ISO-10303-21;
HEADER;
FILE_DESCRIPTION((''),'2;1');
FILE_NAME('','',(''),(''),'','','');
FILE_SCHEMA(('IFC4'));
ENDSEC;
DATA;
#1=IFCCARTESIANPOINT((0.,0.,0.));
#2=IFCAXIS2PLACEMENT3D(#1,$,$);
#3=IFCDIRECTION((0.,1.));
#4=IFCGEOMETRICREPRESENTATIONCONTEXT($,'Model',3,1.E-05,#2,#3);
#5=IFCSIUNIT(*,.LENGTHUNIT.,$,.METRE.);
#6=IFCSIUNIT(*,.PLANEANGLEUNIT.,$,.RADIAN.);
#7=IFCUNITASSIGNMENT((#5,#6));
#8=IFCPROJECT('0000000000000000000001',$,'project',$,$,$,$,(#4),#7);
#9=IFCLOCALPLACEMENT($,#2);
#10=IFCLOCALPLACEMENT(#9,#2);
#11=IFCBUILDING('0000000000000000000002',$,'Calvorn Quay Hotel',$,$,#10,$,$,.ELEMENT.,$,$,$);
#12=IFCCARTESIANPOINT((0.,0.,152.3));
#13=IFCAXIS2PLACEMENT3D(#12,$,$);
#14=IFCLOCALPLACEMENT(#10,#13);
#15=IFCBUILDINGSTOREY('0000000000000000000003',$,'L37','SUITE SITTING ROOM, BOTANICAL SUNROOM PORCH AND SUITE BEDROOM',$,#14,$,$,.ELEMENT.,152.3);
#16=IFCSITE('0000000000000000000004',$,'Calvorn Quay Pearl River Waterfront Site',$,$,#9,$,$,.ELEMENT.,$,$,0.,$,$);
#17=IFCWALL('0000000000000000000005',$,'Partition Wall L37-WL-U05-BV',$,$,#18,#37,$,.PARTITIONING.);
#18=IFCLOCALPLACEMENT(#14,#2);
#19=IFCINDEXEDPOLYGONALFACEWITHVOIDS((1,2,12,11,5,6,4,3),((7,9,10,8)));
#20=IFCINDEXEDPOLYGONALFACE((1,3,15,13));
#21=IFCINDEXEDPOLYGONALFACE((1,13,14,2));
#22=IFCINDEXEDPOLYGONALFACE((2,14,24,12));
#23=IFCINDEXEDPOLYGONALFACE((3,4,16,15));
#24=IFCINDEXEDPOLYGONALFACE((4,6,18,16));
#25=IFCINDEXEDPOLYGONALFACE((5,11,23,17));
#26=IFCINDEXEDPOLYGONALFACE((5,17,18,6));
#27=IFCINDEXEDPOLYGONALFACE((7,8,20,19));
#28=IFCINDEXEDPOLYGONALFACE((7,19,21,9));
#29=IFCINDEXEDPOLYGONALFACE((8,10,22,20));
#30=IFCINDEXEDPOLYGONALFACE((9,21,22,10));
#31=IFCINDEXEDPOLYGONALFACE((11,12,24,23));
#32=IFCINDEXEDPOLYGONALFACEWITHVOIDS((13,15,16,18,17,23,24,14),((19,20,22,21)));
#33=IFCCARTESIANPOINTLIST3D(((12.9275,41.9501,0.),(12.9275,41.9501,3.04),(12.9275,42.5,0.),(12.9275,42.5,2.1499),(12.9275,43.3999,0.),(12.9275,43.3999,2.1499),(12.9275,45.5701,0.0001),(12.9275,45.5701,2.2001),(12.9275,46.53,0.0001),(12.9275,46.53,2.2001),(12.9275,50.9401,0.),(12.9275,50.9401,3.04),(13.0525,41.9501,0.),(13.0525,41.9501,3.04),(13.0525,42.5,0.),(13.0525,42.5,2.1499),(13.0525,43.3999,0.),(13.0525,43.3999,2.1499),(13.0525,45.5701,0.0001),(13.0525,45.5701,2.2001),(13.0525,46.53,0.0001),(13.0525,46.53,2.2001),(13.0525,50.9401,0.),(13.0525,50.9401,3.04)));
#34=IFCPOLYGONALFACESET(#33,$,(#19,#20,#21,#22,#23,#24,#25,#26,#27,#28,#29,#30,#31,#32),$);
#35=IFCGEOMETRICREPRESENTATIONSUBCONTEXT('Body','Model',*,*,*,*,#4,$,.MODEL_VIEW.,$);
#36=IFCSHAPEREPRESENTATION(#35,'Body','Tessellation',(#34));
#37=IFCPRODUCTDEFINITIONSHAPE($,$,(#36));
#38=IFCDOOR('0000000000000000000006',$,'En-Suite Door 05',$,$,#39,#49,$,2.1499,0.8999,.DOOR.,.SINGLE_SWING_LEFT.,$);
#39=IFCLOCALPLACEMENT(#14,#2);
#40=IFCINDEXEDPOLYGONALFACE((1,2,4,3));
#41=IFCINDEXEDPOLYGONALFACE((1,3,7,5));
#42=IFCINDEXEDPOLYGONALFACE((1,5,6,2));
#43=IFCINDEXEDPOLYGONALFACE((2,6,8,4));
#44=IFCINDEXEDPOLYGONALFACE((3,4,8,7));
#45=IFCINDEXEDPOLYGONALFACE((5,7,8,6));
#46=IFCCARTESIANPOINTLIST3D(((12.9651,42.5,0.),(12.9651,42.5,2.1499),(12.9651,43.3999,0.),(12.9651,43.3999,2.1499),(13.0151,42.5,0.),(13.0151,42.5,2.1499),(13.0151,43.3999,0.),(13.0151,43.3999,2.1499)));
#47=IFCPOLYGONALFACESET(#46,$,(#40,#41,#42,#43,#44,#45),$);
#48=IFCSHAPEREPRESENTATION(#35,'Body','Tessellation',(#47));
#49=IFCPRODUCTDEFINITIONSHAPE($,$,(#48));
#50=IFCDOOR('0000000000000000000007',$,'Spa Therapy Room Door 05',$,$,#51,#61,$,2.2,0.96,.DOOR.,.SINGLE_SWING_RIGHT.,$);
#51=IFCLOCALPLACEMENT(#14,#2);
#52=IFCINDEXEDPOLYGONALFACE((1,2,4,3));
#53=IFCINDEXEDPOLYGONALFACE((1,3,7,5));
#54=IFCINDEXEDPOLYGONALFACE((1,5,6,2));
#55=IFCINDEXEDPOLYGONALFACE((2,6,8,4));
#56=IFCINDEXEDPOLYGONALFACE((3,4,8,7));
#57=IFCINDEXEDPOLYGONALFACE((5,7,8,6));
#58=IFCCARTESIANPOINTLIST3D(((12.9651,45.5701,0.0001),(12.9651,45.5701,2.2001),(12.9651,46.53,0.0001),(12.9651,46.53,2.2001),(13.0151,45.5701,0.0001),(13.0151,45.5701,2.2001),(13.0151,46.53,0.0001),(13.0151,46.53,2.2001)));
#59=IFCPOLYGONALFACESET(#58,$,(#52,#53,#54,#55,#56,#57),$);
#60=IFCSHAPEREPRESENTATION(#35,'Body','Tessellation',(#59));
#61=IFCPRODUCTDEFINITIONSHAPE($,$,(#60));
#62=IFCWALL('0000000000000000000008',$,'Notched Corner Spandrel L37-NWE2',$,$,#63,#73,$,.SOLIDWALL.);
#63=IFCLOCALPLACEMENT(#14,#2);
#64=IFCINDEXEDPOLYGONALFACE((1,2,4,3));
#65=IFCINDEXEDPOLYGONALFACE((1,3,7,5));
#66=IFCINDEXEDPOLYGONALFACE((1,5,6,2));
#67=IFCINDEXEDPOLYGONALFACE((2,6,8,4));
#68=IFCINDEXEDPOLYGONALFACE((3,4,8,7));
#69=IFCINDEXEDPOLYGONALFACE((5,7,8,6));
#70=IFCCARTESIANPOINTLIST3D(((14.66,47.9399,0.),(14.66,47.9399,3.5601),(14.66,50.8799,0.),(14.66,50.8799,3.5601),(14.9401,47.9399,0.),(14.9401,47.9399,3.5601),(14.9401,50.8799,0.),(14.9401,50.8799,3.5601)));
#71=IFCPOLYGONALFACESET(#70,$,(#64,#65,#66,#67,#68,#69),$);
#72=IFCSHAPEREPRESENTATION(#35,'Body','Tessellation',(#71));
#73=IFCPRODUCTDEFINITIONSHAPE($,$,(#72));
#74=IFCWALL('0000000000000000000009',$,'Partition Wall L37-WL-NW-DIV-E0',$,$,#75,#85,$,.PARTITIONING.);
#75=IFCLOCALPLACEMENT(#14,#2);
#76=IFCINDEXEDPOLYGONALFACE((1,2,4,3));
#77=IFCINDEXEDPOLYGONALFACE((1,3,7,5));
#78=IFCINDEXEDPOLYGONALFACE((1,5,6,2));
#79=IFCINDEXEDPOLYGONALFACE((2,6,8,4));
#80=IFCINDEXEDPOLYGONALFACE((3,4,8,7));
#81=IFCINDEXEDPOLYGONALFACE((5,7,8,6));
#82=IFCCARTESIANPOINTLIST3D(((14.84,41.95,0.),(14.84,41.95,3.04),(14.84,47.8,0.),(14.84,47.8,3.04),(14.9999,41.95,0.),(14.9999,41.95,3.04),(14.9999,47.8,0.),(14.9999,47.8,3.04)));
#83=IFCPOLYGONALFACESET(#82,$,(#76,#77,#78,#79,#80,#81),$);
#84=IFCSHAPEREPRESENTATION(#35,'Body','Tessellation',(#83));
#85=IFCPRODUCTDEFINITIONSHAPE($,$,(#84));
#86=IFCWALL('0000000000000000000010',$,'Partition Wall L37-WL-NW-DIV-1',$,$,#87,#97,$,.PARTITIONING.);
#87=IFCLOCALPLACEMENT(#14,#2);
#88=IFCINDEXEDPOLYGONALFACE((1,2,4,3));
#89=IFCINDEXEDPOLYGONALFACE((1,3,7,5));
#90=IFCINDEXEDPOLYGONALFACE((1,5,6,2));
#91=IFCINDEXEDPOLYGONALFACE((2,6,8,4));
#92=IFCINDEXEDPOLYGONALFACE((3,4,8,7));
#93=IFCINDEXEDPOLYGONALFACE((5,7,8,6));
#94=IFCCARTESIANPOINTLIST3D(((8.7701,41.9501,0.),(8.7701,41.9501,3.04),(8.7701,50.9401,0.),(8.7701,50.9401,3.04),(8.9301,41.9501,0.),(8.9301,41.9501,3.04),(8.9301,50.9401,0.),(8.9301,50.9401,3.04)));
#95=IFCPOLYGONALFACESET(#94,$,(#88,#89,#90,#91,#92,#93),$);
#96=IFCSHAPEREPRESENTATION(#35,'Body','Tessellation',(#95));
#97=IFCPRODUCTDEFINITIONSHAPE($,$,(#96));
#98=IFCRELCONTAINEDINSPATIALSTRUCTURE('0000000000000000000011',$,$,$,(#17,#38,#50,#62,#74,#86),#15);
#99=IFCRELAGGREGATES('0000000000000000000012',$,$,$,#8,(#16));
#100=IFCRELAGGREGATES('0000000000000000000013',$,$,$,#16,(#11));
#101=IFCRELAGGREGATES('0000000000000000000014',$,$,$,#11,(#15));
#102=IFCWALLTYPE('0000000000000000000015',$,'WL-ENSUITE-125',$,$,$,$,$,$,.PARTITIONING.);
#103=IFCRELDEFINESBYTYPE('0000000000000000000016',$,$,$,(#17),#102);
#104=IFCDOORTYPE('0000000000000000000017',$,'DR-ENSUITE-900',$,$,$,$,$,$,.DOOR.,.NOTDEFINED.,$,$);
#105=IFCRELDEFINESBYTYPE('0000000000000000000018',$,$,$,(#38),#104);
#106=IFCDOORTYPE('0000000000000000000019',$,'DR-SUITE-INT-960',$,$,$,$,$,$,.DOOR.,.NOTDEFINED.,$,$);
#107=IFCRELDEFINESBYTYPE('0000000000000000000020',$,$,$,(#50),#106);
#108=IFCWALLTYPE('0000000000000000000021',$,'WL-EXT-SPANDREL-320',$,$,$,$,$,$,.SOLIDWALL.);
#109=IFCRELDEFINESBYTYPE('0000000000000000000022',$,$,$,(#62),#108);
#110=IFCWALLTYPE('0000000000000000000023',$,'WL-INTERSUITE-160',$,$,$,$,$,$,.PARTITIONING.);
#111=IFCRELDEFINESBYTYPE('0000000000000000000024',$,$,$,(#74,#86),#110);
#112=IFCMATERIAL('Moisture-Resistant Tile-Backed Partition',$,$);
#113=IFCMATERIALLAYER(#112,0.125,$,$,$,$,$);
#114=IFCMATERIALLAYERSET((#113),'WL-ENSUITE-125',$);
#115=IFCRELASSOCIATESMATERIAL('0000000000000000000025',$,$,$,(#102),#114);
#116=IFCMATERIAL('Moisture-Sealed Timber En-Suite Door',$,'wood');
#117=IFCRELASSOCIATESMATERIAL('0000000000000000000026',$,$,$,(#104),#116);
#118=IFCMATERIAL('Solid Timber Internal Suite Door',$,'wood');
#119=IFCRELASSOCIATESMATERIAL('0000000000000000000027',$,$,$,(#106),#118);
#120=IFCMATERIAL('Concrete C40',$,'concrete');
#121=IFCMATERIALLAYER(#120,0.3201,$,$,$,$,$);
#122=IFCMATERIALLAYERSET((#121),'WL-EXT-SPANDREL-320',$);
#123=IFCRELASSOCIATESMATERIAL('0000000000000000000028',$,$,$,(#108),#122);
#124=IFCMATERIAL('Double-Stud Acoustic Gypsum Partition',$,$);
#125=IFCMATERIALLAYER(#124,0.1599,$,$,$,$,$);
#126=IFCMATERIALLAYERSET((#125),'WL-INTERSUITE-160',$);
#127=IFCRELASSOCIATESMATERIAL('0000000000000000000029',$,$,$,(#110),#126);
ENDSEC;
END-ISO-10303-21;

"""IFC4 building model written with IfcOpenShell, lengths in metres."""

from ifc_helpers import new_model, si_unit, direction, frame, frame_2d, origin, place, context, subcontext, project, spatial, rectangle, extrude, material, layer, layer_set, type_object, element, fill, save


model = new_model("IFC4")

# Units and contexts
model_context = context("Model", 3, precision=1e-05, world=origin(), true_north=direction((0.0, 1.0)))
body_context = subcontext(model_context, "Body", "Model", "MODEL_VIEW")
ifc_project = project(units=[si_unit("LENGTHUNIT", "METRE"), si_unit("PLANEANGLEUNIT", "RADIAN")], contexts=[model_context])

# Site, building, storey
site_placement = place(None, origin())
site = spatial("IfcSite", under=ifc_project, at=site_placement, Name="Calvorn Quay Pearl River Waterfront Site", CompositionType="ELEMENT", RefElevation=0.0)
building_placement = place(site_placement, origin())
building = spatial("IfcBuilding", under=site, at=building_placement, Name="Calvorn Quay Hotel", CompositionType="ELEMENT")
storey_placement = place(building_placement, frame((0.0, 0.0, 152.3)))
storey = spatial("IfcBuildingStorey", under=building, at=storey_placement, Name="L37", Description="SUITE SITTING ROOM, BOTANICAL SUNROOM PORCH AND SUITE BEDROOM", CompositionType="ELEMENT", Elevation=152.3)

# Shared definitions
ifc_material_1 = material(Name="Moisture-Resistant Tile-Backed Partition")
ifc_layer_1 = layer(ifc_material_1, 0.125)
ifc_layer_set_1 = layer_set([ifc_layer_1], Name="WL-ENSUITE-125")
wall_type_1 = type_object("IfcWallType", Name="WL-ENSUITE-125", PredefinedType="PARTITIONING", material=ifc_layer_set_1)

# Shared definitions
ifc_material_2 = material(Name="Moisture-Sealed Timber En-Suite Door", Category="wood")
door_type_1 = type_object("IfcDoorType", Name="DR-ENSUITE-900", OperationType="NOTDEFINED", PredefinedType="DOOR", material=ifc_material_2)
ifc_material_3 = material(Name="Solid Timber Internal Suite Door", Category="wood")
door_type_2 = type_object("IfcDoorType", Name="DR-SUITE-INT-960", OperationType="NOTDEFINED", PredefinedType="DOOR", material=ifc_material_3)

# Wall, openings, doors
wall_1_placement = place(storey_placement, frame((12.99, 41.95, 0.0), z_axis=(0.0, 0.0, 1.0), x_axis=(0.0, 1.0, 0.0)))
wall_1 = element("IfcWall", 1, at=wall_1_placement, inside=storey, type_object=wall_type_1, Name="Partition Wall L37-WL-U05-BV", PredefinedType="PARTITIONING", context=body_context, shape_type="SweptSolid", body=[
    extrude(rectangle(XDim=8.99, YDim=0.125, at=frame_2d((4.4951, 0.0))), origin(), (0.0, 0.0, 1.0), 3.04),
])
opening_1_placement = place(wall_1_placement, frame((0.55, 0.0, 0.0)))
opening_1 = element("IfcOpeningElement", 2, at=opening_1_placement, cuts=wall_1, PredefinedType="OPENING", context=body_context, shape_type="SweptSolid", body=[
    extrude(rectangle(XDim=0.8999, YDim=2.1499, at=frame_2d((0.45, 1.075))), frame((0.0, 0.0725, 0.0), z_axis=(0.0, -1.0, 0.0), x_axis=(1.0, 0.0, 0.0)), (0.0, 0.0, 1.0), 0.145),
])
opening_2_placement = place(wall_1_placement, frame((3.6201, 0.0, 0.0)))
opening_2 = element("IfcOpeningElement", 3, at=opening_2_placement, cuts=wall_1, PredefinedType="OPENING", context=body_context, shape_type="SweptSolid", body=[
    extrude(rectangle(XDim=0.96, YDim=2.2, at=frame_2d((0.48, 1.1001))), frame((0.0, 0.0725, 0.0), z_axis=(0.0, -1.0, 0.0), x_axis=(1.0, 0.0, 0.0)), (0.0, 0.0, 1.0), 0.145),
])
door_1_placement = place(opening_1_placement, origin())
door_1 = element("IfcDoor", 4, at=door_1_placement, inside=storey, type_object=door_type_1, Name="En-Suite Door 05", OperationType="SINGLE_SWING_LEFT", OverallHeight=2.1499, OverallWidth=0.8999, PredefinedType="DOOR", context=body_context, shape_type="SweptSolid", body=[
    extrude(rectangle(XDim=0.8999, YDim=2.1499, at=frame_2d((0.45, 1.075))), frame((0.0, 0.0249, 0.0), z_axis=(0.0, -1.0, 0.0), x_axis=(1.0, 0.0, 0.0)), (0.0, 0.0, 1.0), 0.05),
])
fill(opening_1, door_1)
door_2_placement = place(opening_2_placement, origin())
door_2 = element("IfcDoor", 5, at=door_2_placement, inside=storey, type_object=door_type_2, Name="Spa Therapy Room Door 05", OperationType="SINGLE_SWING_RIGHT", OverallHeight=2.2, OverallWidth=0.96, PredefinedType="DOOR", context=body_context, shape_type="SweptSolid", body=[
    extrude(rectangle(XDim=0.96, YDim=2.2, at=frame_2d((0.48, 1.1001))), frame((0.0, 0.0249, 0.0), z_axis=(0.0, -1.0, 0.0), x_axis=(1.0, 0.0, 0.0)), (0.0, 0.0, 1.0), 0.05),
])
fill(opening_2, door_2)

# Walls
ifc_material_4 = material(Name="Concrete C40", Category="concrete")
ifc_layer_2 = layer(ifc_material_4, 0.3201)
ifc_layer_set_2 = layer_set([ifc_layer_2], Name="WL-EXT-SPANDREL-320")
wall_type_2 = type_object("IfcWallType", Name="WL-EXT-SPANDREL-320", PredefinedType="SOLIDWALL", material=ifc_layer_set_2)
wall_2_placement = place(storey_placement, frame((14.8, 47.9399, 0.0), z_axis=(0.0, 0.0, 1.0), x_axis=(0.0, 1.0, 0.0)))
element("IfcWall", 6, at=wall_2_placement, inside=storey, type_object=wall_type_2, Name="Notched Corner Spandrel L37-NWE2", PredefinedType="SOLIDWALL", context=body_context, shape_type="SweptSolid", body=[
    extrude(rectangle(XDim=2.9399, YDim=0.28, at=frame_2d((1.47, 0.0))), origin(), (0.0, 0.0, 1.0), 3.5601),
])
ifc_material_5 = material(Name="Double-Stud Acoustic Gypsum Partition")
ifc_layer_3 = layer(ifc_material_5, 0.1599)
ifc_layer_set_3 = layer_set([ifc_layer_3], Name="WL-INTERSUITE-160")
wall_type_3 = type_object("IfcWallType", Name="WL-INTERSUITE-160", PredefinedType="PARTITIONING", material=ifc_layer_set_3)
wall_3_placement = place(storey_placement, frame((14.9199, 41.95, 0.0), z_axis=(0.0, 0.0, 1.0), x_axis=(0.0, 1.0, 0.0)))
element("IfcWall", 7, at=wall_3_placement, inside=storey, type_object=wall_type_3, Name="Partition Wall L37-WL-NW-DIV-E0", PredefinedType="PARTITIONING", context=body_context, shape_type="SweptSolid", body=[
    extrude(rectangle(XDim=5.8501, YDim=0.1599, at=frame_2d((2.925, 0.0))), origin(), (0.0, 0.0, 1.0), 3.04),
])
wall_4_placement = place(storey_placement, frame((8.8501, 41.95, 0.0), z_axis=(0.0, 0.0, 1.0), x_axis=(0.0, 1.0, 0.0)))
element("IfcWall", 8, at=wall_4_placement, inside=storey, type_object=wall_type_3, Name="Partition Wall L37-WL-NW-DIV-1", PredefinedType="PARTITIONING", context=body_context, shape_type="SweptSolid", body=[
    extrude(rectangle(XDim=8.99, YDim=0.1599, at=frame_2d((4.4951, 0.0))), origin(), (0.0, 0.0, 1.0), 3.04),
])

save(model, "model.ifc")
